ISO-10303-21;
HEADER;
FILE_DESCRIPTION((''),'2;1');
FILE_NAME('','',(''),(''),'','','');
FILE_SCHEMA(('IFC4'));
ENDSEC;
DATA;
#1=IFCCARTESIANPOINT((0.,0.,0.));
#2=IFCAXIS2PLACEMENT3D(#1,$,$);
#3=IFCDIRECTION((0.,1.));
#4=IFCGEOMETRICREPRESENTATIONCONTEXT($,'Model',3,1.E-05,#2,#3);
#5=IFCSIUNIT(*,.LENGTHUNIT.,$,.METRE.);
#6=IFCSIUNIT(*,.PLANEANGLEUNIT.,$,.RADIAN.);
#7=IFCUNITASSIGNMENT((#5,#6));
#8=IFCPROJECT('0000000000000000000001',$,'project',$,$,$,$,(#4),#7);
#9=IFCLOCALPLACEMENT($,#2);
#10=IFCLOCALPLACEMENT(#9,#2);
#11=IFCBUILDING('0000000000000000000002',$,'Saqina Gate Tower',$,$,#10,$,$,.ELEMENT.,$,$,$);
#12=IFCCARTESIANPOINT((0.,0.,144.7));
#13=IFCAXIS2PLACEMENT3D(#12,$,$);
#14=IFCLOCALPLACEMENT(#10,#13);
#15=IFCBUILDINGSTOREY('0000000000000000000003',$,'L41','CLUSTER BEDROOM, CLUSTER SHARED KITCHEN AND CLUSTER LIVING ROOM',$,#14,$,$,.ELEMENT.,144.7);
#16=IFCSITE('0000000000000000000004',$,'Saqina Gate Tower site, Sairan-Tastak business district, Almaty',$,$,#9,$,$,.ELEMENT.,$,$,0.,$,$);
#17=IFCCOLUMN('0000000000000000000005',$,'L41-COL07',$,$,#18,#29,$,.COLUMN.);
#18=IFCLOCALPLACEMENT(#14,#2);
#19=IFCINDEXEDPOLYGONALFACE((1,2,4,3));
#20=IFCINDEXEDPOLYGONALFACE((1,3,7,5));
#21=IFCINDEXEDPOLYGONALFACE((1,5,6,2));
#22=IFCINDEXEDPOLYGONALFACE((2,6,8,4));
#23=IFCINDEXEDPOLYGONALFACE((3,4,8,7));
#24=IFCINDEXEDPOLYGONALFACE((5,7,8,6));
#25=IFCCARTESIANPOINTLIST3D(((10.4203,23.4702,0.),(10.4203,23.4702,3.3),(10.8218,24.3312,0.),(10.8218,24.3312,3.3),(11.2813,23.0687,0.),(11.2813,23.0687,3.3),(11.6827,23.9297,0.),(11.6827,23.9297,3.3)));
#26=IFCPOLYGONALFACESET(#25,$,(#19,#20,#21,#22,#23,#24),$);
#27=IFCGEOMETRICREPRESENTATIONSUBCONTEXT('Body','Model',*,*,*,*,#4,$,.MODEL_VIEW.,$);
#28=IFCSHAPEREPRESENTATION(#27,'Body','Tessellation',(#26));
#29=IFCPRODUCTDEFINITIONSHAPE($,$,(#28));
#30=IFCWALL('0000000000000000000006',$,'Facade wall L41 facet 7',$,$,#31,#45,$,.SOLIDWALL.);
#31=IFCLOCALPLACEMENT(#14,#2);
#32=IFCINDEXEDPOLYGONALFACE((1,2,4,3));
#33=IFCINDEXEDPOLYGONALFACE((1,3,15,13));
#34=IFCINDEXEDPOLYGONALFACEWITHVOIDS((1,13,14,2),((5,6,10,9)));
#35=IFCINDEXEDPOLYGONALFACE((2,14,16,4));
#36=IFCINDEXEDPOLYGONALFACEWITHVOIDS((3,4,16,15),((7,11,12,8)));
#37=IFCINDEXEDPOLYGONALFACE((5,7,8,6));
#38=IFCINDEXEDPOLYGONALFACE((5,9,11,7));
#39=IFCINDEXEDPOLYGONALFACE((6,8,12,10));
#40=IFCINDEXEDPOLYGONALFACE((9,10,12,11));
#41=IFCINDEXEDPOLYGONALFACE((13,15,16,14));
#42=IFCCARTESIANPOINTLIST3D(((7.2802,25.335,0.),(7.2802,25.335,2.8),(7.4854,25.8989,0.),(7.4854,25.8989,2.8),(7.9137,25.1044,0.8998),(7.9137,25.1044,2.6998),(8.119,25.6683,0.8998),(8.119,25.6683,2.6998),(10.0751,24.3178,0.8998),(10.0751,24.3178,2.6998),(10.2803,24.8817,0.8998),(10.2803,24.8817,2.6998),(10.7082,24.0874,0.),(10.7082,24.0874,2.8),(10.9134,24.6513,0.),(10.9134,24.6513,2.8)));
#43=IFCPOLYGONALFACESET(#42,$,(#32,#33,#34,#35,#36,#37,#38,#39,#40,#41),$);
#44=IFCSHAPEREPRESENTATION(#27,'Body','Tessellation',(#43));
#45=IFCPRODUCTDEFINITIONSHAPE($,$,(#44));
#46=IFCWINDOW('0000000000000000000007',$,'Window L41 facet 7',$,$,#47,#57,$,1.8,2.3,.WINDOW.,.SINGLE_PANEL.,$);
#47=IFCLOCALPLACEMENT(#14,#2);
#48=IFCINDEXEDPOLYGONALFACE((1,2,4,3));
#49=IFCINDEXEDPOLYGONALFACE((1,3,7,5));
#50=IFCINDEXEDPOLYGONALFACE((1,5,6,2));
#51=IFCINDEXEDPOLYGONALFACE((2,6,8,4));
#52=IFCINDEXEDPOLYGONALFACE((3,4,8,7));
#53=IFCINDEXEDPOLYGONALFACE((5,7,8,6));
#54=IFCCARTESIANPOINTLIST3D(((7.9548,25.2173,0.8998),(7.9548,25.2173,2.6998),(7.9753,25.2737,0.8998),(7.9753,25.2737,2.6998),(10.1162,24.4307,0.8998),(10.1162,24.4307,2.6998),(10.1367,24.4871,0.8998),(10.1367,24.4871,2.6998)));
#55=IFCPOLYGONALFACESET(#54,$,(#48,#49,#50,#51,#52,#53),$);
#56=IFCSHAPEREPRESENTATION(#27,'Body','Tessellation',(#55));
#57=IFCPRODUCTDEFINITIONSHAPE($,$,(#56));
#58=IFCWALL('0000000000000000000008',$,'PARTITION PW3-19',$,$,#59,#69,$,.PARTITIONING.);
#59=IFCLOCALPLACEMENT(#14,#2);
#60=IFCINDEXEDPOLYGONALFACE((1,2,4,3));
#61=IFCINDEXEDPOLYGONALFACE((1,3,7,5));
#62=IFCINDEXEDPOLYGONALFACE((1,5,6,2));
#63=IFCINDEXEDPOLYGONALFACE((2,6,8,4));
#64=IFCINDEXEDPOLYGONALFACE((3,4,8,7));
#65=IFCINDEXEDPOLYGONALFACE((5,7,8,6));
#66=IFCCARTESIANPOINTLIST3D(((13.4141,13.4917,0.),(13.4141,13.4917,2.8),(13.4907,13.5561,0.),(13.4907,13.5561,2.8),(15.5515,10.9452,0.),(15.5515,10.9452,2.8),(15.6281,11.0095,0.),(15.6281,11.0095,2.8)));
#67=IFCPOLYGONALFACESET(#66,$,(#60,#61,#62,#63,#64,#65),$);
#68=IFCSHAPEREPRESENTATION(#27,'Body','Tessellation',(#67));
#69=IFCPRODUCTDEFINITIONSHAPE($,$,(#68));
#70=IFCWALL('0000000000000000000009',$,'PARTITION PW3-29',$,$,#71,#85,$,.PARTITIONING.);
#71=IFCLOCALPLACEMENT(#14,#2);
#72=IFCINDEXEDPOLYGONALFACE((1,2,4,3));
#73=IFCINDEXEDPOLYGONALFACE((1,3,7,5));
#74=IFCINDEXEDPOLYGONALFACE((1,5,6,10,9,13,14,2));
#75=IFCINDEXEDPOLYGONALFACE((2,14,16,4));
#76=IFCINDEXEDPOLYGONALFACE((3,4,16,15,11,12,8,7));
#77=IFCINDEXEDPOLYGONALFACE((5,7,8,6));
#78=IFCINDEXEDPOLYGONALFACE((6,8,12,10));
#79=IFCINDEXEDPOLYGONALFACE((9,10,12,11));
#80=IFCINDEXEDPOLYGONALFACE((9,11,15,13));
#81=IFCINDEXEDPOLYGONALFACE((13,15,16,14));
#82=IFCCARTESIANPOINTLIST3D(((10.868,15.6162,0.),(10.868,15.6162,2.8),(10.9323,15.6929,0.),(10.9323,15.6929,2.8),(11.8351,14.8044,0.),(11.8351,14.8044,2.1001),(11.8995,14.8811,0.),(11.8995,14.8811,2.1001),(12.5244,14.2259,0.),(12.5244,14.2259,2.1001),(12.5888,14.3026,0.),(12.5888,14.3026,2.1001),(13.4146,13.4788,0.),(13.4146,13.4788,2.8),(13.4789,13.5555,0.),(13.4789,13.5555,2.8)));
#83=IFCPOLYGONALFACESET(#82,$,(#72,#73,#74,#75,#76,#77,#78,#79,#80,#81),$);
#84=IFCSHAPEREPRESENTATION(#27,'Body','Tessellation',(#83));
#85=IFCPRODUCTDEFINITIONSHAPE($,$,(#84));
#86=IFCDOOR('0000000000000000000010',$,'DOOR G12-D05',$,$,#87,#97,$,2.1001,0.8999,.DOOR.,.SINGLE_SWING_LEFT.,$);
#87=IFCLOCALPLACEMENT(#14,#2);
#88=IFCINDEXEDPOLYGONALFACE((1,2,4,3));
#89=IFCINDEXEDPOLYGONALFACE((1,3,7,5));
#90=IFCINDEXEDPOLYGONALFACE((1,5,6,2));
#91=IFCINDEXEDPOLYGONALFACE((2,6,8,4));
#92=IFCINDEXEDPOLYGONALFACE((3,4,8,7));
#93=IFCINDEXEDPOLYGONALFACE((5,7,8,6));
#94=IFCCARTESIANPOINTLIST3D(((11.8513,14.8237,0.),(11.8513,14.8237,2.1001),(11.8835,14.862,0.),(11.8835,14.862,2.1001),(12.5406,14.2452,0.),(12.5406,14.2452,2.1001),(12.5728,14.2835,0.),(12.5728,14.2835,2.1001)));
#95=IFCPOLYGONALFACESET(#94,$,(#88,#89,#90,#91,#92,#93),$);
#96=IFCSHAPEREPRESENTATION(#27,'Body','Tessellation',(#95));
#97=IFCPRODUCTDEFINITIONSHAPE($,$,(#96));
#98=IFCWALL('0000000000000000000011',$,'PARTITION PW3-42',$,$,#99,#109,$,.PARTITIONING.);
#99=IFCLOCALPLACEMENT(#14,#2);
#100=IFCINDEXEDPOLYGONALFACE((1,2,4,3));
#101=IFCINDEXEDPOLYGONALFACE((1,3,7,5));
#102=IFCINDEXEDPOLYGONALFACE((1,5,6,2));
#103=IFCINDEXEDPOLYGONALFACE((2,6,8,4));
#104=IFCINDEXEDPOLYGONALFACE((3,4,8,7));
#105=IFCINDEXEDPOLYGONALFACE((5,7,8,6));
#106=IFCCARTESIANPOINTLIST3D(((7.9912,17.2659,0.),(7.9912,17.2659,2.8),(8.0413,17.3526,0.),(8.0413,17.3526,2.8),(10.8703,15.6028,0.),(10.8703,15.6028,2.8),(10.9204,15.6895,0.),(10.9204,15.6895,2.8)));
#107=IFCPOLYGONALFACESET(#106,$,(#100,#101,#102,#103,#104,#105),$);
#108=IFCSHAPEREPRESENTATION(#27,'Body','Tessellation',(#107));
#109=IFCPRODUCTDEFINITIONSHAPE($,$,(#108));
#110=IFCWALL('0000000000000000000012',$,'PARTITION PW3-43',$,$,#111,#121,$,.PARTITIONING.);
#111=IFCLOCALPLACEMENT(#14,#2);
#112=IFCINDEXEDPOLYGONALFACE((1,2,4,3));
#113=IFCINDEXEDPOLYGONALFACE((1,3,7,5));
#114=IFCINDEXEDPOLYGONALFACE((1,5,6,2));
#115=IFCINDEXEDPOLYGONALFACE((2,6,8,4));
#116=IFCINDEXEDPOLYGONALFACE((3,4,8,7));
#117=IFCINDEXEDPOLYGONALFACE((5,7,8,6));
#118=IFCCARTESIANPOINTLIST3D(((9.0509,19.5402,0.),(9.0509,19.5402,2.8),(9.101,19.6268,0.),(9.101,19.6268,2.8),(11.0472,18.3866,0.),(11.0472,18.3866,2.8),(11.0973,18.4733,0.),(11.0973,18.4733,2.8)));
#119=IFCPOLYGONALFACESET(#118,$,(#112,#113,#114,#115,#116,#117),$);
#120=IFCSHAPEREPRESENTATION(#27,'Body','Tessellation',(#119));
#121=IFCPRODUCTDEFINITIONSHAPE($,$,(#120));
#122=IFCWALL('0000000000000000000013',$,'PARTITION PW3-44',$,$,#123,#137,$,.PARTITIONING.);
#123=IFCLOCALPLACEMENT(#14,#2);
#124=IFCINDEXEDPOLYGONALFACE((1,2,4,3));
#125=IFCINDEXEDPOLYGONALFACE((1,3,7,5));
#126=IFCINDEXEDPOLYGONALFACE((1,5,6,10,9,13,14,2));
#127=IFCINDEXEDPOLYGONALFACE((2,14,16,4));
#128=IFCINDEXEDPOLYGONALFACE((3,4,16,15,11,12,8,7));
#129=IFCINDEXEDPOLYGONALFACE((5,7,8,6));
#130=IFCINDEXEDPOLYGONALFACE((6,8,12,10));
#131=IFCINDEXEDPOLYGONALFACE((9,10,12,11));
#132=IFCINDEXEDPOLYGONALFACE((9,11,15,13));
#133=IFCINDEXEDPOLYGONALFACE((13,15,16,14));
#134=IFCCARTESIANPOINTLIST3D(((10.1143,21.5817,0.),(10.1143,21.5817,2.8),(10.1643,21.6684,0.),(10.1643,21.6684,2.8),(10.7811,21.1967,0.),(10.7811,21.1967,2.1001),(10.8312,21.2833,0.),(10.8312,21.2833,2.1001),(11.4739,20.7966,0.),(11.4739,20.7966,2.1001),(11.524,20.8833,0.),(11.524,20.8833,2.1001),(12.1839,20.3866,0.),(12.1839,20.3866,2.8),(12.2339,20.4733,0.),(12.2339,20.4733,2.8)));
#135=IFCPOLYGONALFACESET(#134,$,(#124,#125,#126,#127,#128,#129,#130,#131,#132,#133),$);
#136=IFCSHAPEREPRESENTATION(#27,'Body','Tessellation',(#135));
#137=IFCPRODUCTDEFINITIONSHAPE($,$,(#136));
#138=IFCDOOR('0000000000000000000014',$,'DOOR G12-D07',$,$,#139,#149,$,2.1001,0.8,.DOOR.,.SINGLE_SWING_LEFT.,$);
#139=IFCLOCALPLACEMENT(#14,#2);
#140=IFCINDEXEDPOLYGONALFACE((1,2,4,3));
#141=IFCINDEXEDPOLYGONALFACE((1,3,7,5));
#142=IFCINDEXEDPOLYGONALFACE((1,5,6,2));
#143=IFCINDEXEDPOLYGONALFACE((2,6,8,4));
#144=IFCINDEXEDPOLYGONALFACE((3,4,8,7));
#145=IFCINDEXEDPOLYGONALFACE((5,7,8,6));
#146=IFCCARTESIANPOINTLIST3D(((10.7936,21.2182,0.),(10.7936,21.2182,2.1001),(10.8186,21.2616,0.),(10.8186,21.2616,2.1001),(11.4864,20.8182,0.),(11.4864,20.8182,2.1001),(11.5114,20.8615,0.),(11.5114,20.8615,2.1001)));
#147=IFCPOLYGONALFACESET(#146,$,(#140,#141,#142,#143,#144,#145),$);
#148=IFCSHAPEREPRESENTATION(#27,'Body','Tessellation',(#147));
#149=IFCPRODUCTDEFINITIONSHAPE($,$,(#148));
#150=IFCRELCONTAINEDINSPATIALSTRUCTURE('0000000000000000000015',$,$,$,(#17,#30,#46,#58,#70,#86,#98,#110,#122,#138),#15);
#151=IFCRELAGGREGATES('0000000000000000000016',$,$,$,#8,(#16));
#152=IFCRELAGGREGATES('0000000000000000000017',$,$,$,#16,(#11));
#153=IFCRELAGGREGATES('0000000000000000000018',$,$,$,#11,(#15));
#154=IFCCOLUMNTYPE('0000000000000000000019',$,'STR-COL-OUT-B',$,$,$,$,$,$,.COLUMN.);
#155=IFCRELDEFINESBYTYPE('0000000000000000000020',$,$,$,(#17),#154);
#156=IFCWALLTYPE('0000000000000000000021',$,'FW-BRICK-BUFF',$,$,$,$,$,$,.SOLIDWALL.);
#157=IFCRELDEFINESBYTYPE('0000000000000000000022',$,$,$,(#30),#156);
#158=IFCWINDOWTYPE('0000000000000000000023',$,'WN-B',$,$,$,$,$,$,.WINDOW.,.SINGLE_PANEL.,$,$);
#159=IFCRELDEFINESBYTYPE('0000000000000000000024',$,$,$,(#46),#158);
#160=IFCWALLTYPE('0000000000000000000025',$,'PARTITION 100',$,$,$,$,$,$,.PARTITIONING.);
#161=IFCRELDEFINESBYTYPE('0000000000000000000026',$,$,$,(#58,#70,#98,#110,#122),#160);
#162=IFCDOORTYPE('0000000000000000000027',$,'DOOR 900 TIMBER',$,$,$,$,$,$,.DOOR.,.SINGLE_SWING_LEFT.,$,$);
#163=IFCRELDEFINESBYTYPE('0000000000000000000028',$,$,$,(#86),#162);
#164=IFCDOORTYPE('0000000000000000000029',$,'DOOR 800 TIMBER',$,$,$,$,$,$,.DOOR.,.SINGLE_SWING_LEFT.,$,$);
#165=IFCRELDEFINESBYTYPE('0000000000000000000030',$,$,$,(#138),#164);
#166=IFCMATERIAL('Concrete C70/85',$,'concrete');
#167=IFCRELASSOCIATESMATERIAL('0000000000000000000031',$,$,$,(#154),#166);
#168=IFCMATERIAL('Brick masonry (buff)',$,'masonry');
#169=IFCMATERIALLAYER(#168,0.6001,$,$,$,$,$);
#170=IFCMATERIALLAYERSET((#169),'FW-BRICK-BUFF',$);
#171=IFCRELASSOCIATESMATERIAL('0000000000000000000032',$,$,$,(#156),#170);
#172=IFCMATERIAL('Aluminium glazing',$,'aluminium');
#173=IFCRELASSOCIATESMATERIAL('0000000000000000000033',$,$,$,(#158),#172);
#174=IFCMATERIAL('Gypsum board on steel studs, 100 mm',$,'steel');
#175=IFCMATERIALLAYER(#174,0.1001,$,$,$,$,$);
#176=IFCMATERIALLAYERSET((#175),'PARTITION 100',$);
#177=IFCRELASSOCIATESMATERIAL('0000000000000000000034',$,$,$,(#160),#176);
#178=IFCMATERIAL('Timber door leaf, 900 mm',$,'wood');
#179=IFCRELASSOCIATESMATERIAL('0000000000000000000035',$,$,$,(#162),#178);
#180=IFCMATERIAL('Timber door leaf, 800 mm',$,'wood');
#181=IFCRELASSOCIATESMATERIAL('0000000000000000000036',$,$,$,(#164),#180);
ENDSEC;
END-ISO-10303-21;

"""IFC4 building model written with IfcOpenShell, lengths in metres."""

from ifc_helpers import new_model, si_unit, direction, frame, frame_2d, origin, origin_2d, place, context, subcontext, project, spatial, rectangle, extrude, material, layer, layer_set, material_profile, profile_set, type_object, element, fill, save


model = new_model("IFC4")

# Units and contexts
model_context = context("Model", 3, precision=1e-05, world=origin(), true_north=direction((0.0, 1.0)))
body_context = subcontext(model_context, "Body", "Model", "MODEL_VIEW")
ifc_project = project(units=[si_unit("LENGTHUNIT", "METRE"), si_unit("PLANEANGLEUNIT", "RADIAN")], contexts=[model_context])

# Site, building, storey
site_placement = place(None, origin())
site = spatial("IfcSite", under=ifc_project, at=site_placement, Name="Saqina Gate Tower site, Sairan-Tastak business district, Almaty", CompositionType="ELEMENT", RefElevation=0.0)
building_placement = place(site_placement, origin())
building = spatial("IfcBuilding", under=site, at=building_placement, Name="Saqina Gate Tower", CompositionType="ELEMENT")
storey_placement = place(building_placement, frame((0.0, 0.0, 144.7)))
storey = spatial("IfcBuildingStorey", under=building, at=storey_placement, Name="L41", Description="CLUSTER BEDROOM, CLUSTER SHARED KITCHEN AND CLUSTER LIVING ROOM", CompositionType="ELEMENT", Elevation=144.7)

# Column
ifc_material_1 = material(Name="Concrete C70/85", Category="concrete")
ifc_material_profile = material_profile(ifc_material_1, rectangle(XDim=0.95, YDim=0.95, at=origin_2d()), Name="RC 950x950")
ifc_profile_set = profile_set([ifc_material_profile], Name="Concrete C70/85")
column_type = type_object("IfcColumnType", Name="STR-COL-OUT-B", PredefinedType="COLUMN", material=ifc_profile_set)
column_placement = place(storey_placement, frame((11.0515, 23.7, 0.0), z_axis=(0.0, 0.0, 1.0), x_axis=(0.422618, 0.906308, 0.0)))
element("IfcColumn", 1, at=column_placement, inside=storey, type_object=column_type, Name="L41-COL07", PredefinedType="COLUMN", context=body_context, shape_type="SweptSolid", body=[
    extrude(rectangle(XDim=0.95, YDim=0.95, at=origin_2d()), origin(), (0.0, 0.0, 1.0), 3.3),
])

# Wall, opening, window
ifc_material_2 = material(Name="Brick masonry (buff)", Category="masonry")
ifc_layer_1 = layer(ifc_material_2, 0.6001)
ifc_layer_set_1 = layer_set([ifc_layer_1], Name="FW-BRICK-BUFF")
wall_type_1 = type_object("IfcWallType", Name="FW-BRICK-BUFF", PredefinedType="SOLIDWALL", material=ifc_layer_set_1)
wall_1_placement = place(storey_placement, frame((10.8108, 24.3694, 0.0), z_axis=(0.0, 0.0, 1.0), x_axis=(-0.939704, 0.34199, 0.0)))
wall_1 = element("IfcWall", 2, at=wall_1_placement, inside=storey, type_object=wall_type_1, Name="Facade wall L41 facet 7", PredefinedType="SOLIDWALL", context=body_context, shape_type="SweptSolid", body=[
    extrude(rectangle(XDim=3.6479, YDim=0.6001, at=frame_2d((1.824, 0.0))), origin(), (0.0, 0.0, 1.0), 2.8),
])
opening_1_placement = place(wall_1_placement, frame((0.6738, 0.0, 0.8999)))
opening_1 = element("IfcOpeningElement", 3, at=opening_1_placement, cuts=wall_1, PredefinedType="OPENING", context=body_context, shape_type="SweptSolid", body=[
    extrude(rectangle(XDim=2.3, YDim=1.8, at=frame_2d((1.1499, 0.8999))), frame((0.0, 0.312, 0.0), z_axis=(0.0, -1.0, 0.0), x_axis=(1.0, 0.0, 0.0)), (0.0, 0.0, 1.0), 0.624),
])
ifc_material_3 = material(Name="Aluminium glazing", Category="aluminium")
window_type = type_object("IfcWindowType", Name="WN-B", PartitioningType="SINGLE_PANEL", PredefinedType="WINDOW", material=ifc_material_3)
window_placement = place(opening_1_placement, origin())
window = element("IfcWindow", 4, at=window_placement, inside=storey, type_object=window_type, Name="Window L41 facet 7", OverallHeight=1.8, OverallWidth=2.3, PartitioningType="SINGLE_PANEL", PredefinedType="WINDOW", context=body_context, shape_type="SweptSolid", body=[
    extrude(rectangle(XDim=2.3, YDim=1.8, at=frame_2d((1.1499, 0.8999))), frame((0.0, 0.1799, 0.0), z_axis=(0.0, -1.0, 0.0), x_axis=(1.0, 0.0, 0.0)), (0.0, 0.0, 1.0), 0.0601),
])
fill(opening_1, window)

# Wall
ifc_material_4 = material(Name="Gypsum board on steel studs, 100 mm", Category="steel")
ifc_layer_2 = layer(ifc_material_4, 0.1001)
ifc_layer_set_2 = layer_set([ifc_layer_2], Name="PARTITION 100")
wall_type_2 = type_object("IfcWallType", Name="PARTITION 100", PredefinedType="PARTITIONING", material=ifc_layer_set_2)
wall_2_placement = place(storey_placement, frame((13.4524, 13.5239, 0.0), z_axis=(0.0, 0.0, 1.0), x_axis=(0.642889, -0.765959, 0.0)))
element("IfcWall", 5, at=wall_2_placement, inside=storey, type_object=wall_type_2, Name="PARTITION PW3-19", PredefinedType="PARTITIONING", context=body_context, shape_type="SweptSolid", body=[
    extrude(rectangle(XDim=3.3247, YDim=0.1001, at=frame_2d((1.6624, 0.0))), origin(), (0.0, 0.0, 1.0), 2.8),
])

# Wall, opening, door
wall_3_placement = place(storey_placement, frame((10.9001, 15.6545, 0.0), z_axis=(0.0, 0.0, 1.0), x_axis=(0.765959, -0.642889, 0.0)))
wall_3 = element("IfcWall", 6, at=wall_3_placement, inside=storey, type_object=wall_type_2, Name="PARTITION PW3-29", PredefinedType="PARTITIONING", context=body_context, shape_type="SweptSolid", body=[
    extrude(rectangle(XDim=3.3247, YDim=0.1001, at=frame_2d((1.6624, 0.0))), origin(), (0.0, 0.0, 1.0), 2.8),
])
opening_2_placement = place(wall_3_placement, frame((1.2627, 0.0, 0.0)))
opening_2 = element("IfcOpeningElement", 7, at=opening_2_placement, cuts=wall_3, PredefinedType="OPENING", context=body_context, shape_type="SweptSolid", body=[
    extrude(rectangle(XDim=0.8999, YDim=2.1001, at=frame_2d((0.45, 1.05))), frame((0.0, 0.062, 0.0), z_axis=(0.0, -1.0, 0.0), x_axis=(1.0, 0.0, 0.0)), (0.0, 0.0, 1.0), 0.124),
])
ifc_material_5 = material(Name="Timber door leaf, 900 mm", Category="wood")
door_type_1 = type_object("IfcDoorType", Name="DOOR 900 TIMBER", OperationType="SINGLE_SWING_LEFT", PredefinedType="DOOR", material=ifc_material_5)
door_1_placement = place(opening_2_placement, frame((0.8999, 0.0, 0.0), z_axis=(0.0, 0.0, 1.0), x_axis=(-1.0, 0.0, 0.0)))
door_1 = element("IfcDoor", 8, at=door_1_placement, inside=storey, type_object=door_type_1, Name="DOOR G12-D05", OperationType="SINGLE_SWING_LEFT", OverallHeight=2.1001, OverallWidth=0.8999, PredefinedType="DOOR", context=body_context, shape_type="SweptSolid", body=[
    extrude(rectangle(XDim=0.8999, YDim=2.1001, at=frame_2d((0.45, 1.05))), frame((0.0, 0.0249, 0.0), z_axis=(0.0, -1.0, 0.0), x_axis=(1.0, 0.0, 0.0)), (0.0, 0.0, 1.0), 0.05),
])
fill(opening_2, door_1)

# Walls
wall_4_placement = place(storey_placement, frame((8.0161, 17.3093, 0.0), z_axis=(0.0, 0.0, 1.0), x_axis=(0.86592, -0.500182, 0.0)))
element("IfcWall", 9, at=wall_4_placement, inside=storey, type_object=wall_type_2, Name="PARTITION PW3-42", PredefinedType="PARTITIONING", context=body_context, shape_type="SweptSolid", body=[
    extrude(rectangle(XDim=3.325, YDim=0.1001, at=frame_2d((1.6626, 0.0))), origin(), (0.0, 0.0, 1.0), 2.8),
])
wall_5_placement = place(storey_placement, frame((9.0759, 19.5835, 0.0), z_axis=(0.0, 0.0, 1.0), x_axis=(0.865842, -0.500318, 0.0)))
element("IfcWall", 10, at=wall_5_placement, inside=storey, type_object=wall_type_2, Name="PARTITION PW3-43", PredefinedType="PARTITIONING", context=body_context, shape_type="SweptSolid", body=[
    extrude(rectangle(XDim=2.3057, YDim=0.1001, at=frame_2d((1.1528, 0.0))), origin(), (0.0, 0.0, 1.0), 2.8),
])

# Wall, opening, door
wall_6_placement = place(storey_placement, frame((10.1394, 21.625, 0.0), z_axis=(0.0, 0.0, 1.0), x_axis=(0.86599, -0.500061, 0.0)))
wall_6 = element("IfcWall", 11, at=wall_6_placement, inside=storey, type_object=wall_type_2, Name="PARTITION PW3-44", PredefinedType="PARTITIONING", context=body_context, shape_type="SweptSolid", body=[
    extrude(rectangle(XDim=2.3899, YDim=0.1001, at=frame_2d((1.1948, 0.0))), origin(), (0.0, 0.0, 1.0), 2.8),
])
opening_3_placement = place(wall_6_placement, frame((0.77, 0.0, 0.0)))
opening_3 = element("IfcOpeningElement", 12, at=opening_3_placement, cuts=wall_6, PredefinedType="OPENING", context=body_context, shape_type="SweptSolid", body=[
    extrude(rectangle(XDim=0.8, YDim=2.1001, at=frame_2d((0.3999, 1.05))), frame((0.0, 0.062, 0.0), z_axis=(0.0, -1.0, 0.0), x_axis=(1.0, 0.0, 0.0)), (0.0, 0.0, 1.0), 0.124),
])
ifc_material_6 = material(Name="Timber door leaf, 800 mm", Category="wood")
door_type_2 = type_object("IfcDoorType", Name="DOOR 800 TIMBER", OperationType="SINGLE_SWING_LEFT", PredefinedType="DOOR", material=ifc_material_6)
door_2_placement = place(opening_3_placement, origin())
door_2 = element("IfcDoor", 13, at=door_2_placement, inside=storey, type_object=door_type_2, Name="DOOR G12-D07", OperationType="SINGLE_SWING_LEFT", OverallHeight=2.1001, OverallWidth=0.8, PredefinedType="DOOR", context=body_context, shape_type="SweptSolid", body=[
    extrude(rectangle(XDim=0.8, YDim=2.1001, at=frame_2d((0.3999, 1.05))), frame((0.0, 0.0249, 0.0), z_axis=(0.0, -1.0, 0.0), x_axis=(1.0, 0.0, 0.0)), (0.0, 0.0, 1.0), 0.05),
])
fill(opening_3, door_2)

save(model, "model.ifc")
